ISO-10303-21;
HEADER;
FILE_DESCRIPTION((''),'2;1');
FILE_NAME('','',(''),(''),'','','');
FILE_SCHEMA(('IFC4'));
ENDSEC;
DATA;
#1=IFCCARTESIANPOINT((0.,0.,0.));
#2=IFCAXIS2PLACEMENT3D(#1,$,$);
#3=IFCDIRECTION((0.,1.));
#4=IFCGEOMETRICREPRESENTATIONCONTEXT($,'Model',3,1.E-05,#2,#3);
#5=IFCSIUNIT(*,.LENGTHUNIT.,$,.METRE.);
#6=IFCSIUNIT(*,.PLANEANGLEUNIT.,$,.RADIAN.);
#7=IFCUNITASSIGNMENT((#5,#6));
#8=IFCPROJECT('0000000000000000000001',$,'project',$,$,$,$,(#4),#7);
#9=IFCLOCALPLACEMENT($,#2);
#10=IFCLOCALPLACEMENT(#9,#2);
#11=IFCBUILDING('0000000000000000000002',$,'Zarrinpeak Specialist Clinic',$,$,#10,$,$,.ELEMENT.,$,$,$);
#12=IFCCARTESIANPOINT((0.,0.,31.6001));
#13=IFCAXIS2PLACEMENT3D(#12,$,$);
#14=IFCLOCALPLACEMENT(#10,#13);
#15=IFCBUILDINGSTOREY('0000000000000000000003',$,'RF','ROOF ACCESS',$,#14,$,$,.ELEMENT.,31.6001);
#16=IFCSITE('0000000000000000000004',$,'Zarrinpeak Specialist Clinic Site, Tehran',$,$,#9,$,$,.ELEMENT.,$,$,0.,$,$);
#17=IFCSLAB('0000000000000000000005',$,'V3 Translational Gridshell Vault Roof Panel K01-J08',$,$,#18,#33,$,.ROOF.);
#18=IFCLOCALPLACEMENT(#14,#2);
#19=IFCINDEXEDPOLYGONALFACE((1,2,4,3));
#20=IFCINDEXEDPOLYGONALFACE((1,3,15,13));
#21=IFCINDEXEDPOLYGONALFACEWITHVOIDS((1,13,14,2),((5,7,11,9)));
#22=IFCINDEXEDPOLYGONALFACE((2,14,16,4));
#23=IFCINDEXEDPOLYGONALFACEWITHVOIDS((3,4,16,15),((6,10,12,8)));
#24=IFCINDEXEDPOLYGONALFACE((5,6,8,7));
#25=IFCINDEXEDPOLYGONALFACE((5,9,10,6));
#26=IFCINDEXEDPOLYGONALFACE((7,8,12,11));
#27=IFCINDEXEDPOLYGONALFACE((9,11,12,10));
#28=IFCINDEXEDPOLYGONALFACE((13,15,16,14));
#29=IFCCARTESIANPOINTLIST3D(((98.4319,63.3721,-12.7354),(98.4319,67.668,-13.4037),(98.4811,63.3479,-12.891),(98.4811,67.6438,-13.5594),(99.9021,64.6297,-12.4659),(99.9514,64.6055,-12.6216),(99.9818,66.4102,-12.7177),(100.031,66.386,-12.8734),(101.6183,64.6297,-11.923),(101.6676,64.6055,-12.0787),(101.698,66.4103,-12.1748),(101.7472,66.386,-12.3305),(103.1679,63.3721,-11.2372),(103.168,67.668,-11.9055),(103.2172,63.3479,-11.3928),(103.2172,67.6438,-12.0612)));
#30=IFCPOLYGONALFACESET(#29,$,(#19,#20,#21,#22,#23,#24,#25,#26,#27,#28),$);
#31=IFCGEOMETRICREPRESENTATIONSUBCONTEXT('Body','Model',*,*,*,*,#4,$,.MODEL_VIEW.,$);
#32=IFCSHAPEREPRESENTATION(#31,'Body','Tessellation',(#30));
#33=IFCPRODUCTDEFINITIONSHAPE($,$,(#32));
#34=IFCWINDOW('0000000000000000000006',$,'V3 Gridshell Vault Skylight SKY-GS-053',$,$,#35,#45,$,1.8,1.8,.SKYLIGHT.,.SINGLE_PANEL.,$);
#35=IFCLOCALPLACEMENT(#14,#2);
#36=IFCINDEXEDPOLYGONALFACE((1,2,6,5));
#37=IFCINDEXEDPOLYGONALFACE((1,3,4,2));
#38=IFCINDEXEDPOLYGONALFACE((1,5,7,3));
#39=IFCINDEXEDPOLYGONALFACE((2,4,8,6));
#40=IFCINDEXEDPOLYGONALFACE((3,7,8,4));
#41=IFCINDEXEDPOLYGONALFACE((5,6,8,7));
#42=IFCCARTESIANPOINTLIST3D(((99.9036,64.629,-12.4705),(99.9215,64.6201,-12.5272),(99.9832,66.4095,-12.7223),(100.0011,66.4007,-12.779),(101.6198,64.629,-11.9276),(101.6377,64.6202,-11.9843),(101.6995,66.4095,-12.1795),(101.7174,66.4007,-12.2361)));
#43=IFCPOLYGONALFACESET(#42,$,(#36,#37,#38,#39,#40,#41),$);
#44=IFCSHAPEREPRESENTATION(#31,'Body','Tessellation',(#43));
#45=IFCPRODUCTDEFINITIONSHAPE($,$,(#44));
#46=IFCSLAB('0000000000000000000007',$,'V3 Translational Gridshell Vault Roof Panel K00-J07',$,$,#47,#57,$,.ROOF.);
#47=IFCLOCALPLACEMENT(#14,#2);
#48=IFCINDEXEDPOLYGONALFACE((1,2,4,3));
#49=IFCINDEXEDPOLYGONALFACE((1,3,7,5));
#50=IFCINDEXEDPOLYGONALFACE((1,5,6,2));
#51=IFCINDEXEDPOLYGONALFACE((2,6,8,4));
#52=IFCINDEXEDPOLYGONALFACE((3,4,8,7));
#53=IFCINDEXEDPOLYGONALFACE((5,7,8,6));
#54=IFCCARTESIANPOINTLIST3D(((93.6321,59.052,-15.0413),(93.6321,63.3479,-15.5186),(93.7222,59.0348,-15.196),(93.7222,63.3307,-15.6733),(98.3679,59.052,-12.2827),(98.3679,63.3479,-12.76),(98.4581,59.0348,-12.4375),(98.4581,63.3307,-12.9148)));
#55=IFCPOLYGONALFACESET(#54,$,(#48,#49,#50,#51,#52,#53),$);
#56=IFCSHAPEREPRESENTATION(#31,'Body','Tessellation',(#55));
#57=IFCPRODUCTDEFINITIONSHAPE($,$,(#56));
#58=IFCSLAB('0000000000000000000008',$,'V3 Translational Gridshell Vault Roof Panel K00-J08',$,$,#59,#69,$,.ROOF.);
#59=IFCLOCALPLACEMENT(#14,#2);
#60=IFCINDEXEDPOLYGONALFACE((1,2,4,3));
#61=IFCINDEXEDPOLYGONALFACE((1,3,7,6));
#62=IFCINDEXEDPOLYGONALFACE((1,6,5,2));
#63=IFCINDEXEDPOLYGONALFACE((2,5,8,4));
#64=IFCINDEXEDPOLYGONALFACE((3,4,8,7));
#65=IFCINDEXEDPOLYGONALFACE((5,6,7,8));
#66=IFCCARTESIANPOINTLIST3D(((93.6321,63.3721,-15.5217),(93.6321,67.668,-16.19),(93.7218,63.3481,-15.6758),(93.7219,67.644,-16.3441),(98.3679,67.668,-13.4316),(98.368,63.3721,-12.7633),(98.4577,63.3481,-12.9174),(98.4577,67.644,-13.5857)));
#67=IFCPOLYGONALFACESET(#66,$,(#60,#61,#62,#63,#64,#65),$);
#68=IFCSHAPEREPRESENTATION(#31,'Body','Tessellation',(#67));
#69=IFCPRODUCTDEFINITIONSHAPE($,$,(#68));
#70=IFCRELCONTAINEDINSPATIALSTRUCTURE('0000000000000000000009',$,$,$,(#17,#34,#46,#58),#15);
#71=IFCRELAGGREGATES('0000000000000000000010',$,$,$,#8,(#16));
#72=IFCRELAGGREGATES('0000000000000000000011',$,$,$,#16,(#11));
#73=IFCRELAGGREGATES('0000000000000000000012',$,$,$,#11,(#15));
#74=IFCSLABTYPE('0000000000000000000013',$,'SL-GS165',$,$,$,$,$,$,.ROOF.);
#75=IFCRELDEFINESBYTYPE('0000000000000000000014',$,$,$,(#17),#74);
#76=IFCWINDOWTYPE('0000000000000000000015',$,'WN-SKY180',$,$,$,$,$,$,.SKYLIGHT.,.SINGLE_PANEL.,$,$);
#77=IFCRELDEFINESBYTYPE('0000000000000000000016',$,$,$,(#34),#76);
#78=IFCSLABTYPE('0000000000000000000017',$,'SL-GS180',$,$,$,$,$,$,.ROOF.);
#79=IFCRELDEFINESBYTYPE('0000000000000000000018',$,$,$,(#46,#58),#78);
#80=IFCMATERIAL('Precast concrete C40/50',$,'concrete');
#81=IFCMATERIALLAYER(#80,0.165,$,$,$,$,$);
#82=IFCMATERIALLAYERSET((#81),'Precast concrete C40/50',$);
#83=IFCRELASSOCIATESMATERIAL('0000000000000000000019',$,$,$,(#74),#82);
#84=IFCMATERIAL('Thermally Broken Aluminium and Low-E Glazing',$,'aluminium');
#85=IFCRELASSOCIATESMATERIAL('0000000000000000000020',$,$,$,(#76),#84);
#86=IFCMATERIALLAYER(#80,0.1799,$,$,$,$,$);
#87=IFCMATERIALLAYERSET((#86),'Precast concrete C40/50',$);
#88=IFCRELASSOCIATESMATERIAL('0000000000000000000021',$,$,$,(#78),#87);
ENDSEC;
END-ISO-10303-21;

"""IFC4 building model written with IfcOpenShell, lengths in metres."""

from ifc_helpers import new_model, si_unit, direction, frame, origin, origin_2d, place, context, subcontext, project, spatial, polyline, rectangle, outline, extrude, material, layer, layer_set, type_object, element, fill, save


model = new_model("IFC4")

# Units and contexts
model_context = context("Model", 3, precision=1e-05, world=origin(), true_north=direction((0.0, 1.0)))
body_context = subcontext(model_context, "Body", "Model", "MODEL_VIEW")
ifc_project = project(units=[si_unit("LENGTHUNIT", "METRE"), si_unit("PLANEANGLEUNIT", "RADIAN")], contexts=[model_context])

# Site, building, storey
site_placement = place(None, origin())
site = spatial("IfcSite", under=ifc_project, at=site_placement, Name="Zarrinpeak Specialist Clinic Site, Tehran", CompositionType="ELEMENT", RefElevation=0.0)
building_placement = place(site_placement, origin())
building = spatial("IfcBuilding", under=site, at=building_placement, Name="Zarrinpeak Specialist Clinic", CompositionType="ELEMENT")
storey_placement = place(building_placement, frame((0.0, 0.0, 31.6001)))
storey = spatial("IfcBuildingStorey", under=building, at=storey_placement, Name="RF", Description="ROOF ACCESS", CompositionType="ELEMENT", Elevation=31.6001)

# Shared definitions
ifc_material_1 = material(Name="Precast concrete C40/50", Category="concrete")
ifc_layer_1 = layer(ifc_material_1, 0.165)
ifc_layer_set_1 = layer_set([ifc_layer_1], Name="Precast concrete C40/50")
slab_type_1 = type_object("IfcSlabType", Name="SL-GS165", PredefinedType="ROOF", material=ifc_layer_set_1)

# Slab, opening, window
slab_1_placement = place(storey_placement, frame((98.4319, 63.3721, -12.7354), z_axis=(-0.298336, 0.146725, 0.943116), x_axis=(0.953435, 0.000003, 0.3016)))
slab_1 = element("IfcSlab", 1, at=slab_1_placement, inside=storey, type_object=slab_type_1, Name="V3 Translational Gridshell Vault Roof Panel K01-J08", PredefinedType="ROOF", context=body_context, shape_type="SweptSolid", body=[
    extrude(outline(polyline([(0.0, 0.0), (4.9674, 0.0), (4.7658, 4.3429), (-0.2016, 4.3429), (0.0, 0.0)])), origin(), (0.0, 0.0, -1.0), 0.165),
])
opening_placement = place(slab_1_placement, frame((2.3831, 2.1714, 0.0)))
opening = element("IfcOpeningElement", 2, at=opening_placement, cuts=slab_1, PredefinedType="OPENING", context=body_context, shape_type="SweptSolid", body=[
    extrude(rectangle(XDim=1.8, YDim=1.8, at=origin_2d()), frame((0.0, 0.0, 0.01), z_axis=(0.0, 0.0, 1.0), x_axis=(1.0, 0.0, 0.0)), (0.0, 0.0, -1.0), 0.1851),
])
ifc_material_2 = material(Name="Thermally Broken Aluminium and Low-E Glazing", Category="aluminium")
window_type = type_object("IfcWindowType", Name="WN-SKY180", PartitioningType="SINGLE_PANEL", PredefinedType="SKYLIGHT", material=ifc_material_2)
window_placement = place(opening_placement, frame((0.0, 0.0, -0.0049)))
window = element("IfcWindow", 3, at=window_placement, inside=storey, type_object=window_type, Name="V3 Gridshell Vault Skylight SKY-GS-053", OverallHeight=1.8, OverallWidth=1.8, PartitioningType="SINGLE_PANEL", PredefinedType="SKYLIGHT", context=body_context, shape_type="SweptSolid", body=[
    extrude(rectangle(XDim=1.8, YDim=1.8, at=origin_2d()), origin(), (0.0, 0.0, -1.0), 0.0601),
])
fill(opening, window)

# Slabs
ifc_layer_2 = layer(ifc_material_1, 0.1799)
ifc_layer_set_2 = layer_set([ifc_layer_2], Name="Precast concrete C40/50")
slab_type_2 = type_object("IfcSlabType", Name="SL-GS180", PredefinedType="ROOF", material=ifc_layer_set_2)
slab_2_placement = place(storey_placement, frame((93.6321, 59.052, -15.0413), z_axis=(-0.501019, 0.095566, 0.860144), x_axis=(0.864099, 0.0, 0.503323)))
element("IfcSlab", 4, at=slab_2_placement, inside=storey, type_object=slab_type_2, Name="V3 Translational Gridshell Vault Roof Panel K00-J07", PredefinedType="ROOF", context=body_context, shape_type="SweptSolid", body=[
    extrude(outline(polyline([(0.0, 0.0), (5.4807, 0.0), (5.2404, 4.3157), (-0.2402, 4.3157), (0.0, 0.0)])), origin(), (0.0, 0.0, -1.0), 0.1799),
])
slab_3_placement = place(storey_placement, frame((93.6321, 63.3721, -15.5217), z_axis=(-0.498819, 0.133235, 0.856404), x_axis=(0.864108, -0.000003, 0.503306)))
element("IfcSlab", 5, at=slab_3_placement, inside=storey, type_object=slab_type_2, Name="V3 Translational Gridshell Vault Roof Panel K00-J08", PredefinedType="ROOF", context=body_context, shape_type="SweptSolid", body=[
    extrude(outline(polyline([(0.0, 0.0), (5.4807, 0.0), (5.1442, 4.3346), (-0.3363, 4.3345), (0.0, 0.0)])), origin(), (0.0, 0.0, -1.0), 0.1799),
])

save(model, "model.ifc")
